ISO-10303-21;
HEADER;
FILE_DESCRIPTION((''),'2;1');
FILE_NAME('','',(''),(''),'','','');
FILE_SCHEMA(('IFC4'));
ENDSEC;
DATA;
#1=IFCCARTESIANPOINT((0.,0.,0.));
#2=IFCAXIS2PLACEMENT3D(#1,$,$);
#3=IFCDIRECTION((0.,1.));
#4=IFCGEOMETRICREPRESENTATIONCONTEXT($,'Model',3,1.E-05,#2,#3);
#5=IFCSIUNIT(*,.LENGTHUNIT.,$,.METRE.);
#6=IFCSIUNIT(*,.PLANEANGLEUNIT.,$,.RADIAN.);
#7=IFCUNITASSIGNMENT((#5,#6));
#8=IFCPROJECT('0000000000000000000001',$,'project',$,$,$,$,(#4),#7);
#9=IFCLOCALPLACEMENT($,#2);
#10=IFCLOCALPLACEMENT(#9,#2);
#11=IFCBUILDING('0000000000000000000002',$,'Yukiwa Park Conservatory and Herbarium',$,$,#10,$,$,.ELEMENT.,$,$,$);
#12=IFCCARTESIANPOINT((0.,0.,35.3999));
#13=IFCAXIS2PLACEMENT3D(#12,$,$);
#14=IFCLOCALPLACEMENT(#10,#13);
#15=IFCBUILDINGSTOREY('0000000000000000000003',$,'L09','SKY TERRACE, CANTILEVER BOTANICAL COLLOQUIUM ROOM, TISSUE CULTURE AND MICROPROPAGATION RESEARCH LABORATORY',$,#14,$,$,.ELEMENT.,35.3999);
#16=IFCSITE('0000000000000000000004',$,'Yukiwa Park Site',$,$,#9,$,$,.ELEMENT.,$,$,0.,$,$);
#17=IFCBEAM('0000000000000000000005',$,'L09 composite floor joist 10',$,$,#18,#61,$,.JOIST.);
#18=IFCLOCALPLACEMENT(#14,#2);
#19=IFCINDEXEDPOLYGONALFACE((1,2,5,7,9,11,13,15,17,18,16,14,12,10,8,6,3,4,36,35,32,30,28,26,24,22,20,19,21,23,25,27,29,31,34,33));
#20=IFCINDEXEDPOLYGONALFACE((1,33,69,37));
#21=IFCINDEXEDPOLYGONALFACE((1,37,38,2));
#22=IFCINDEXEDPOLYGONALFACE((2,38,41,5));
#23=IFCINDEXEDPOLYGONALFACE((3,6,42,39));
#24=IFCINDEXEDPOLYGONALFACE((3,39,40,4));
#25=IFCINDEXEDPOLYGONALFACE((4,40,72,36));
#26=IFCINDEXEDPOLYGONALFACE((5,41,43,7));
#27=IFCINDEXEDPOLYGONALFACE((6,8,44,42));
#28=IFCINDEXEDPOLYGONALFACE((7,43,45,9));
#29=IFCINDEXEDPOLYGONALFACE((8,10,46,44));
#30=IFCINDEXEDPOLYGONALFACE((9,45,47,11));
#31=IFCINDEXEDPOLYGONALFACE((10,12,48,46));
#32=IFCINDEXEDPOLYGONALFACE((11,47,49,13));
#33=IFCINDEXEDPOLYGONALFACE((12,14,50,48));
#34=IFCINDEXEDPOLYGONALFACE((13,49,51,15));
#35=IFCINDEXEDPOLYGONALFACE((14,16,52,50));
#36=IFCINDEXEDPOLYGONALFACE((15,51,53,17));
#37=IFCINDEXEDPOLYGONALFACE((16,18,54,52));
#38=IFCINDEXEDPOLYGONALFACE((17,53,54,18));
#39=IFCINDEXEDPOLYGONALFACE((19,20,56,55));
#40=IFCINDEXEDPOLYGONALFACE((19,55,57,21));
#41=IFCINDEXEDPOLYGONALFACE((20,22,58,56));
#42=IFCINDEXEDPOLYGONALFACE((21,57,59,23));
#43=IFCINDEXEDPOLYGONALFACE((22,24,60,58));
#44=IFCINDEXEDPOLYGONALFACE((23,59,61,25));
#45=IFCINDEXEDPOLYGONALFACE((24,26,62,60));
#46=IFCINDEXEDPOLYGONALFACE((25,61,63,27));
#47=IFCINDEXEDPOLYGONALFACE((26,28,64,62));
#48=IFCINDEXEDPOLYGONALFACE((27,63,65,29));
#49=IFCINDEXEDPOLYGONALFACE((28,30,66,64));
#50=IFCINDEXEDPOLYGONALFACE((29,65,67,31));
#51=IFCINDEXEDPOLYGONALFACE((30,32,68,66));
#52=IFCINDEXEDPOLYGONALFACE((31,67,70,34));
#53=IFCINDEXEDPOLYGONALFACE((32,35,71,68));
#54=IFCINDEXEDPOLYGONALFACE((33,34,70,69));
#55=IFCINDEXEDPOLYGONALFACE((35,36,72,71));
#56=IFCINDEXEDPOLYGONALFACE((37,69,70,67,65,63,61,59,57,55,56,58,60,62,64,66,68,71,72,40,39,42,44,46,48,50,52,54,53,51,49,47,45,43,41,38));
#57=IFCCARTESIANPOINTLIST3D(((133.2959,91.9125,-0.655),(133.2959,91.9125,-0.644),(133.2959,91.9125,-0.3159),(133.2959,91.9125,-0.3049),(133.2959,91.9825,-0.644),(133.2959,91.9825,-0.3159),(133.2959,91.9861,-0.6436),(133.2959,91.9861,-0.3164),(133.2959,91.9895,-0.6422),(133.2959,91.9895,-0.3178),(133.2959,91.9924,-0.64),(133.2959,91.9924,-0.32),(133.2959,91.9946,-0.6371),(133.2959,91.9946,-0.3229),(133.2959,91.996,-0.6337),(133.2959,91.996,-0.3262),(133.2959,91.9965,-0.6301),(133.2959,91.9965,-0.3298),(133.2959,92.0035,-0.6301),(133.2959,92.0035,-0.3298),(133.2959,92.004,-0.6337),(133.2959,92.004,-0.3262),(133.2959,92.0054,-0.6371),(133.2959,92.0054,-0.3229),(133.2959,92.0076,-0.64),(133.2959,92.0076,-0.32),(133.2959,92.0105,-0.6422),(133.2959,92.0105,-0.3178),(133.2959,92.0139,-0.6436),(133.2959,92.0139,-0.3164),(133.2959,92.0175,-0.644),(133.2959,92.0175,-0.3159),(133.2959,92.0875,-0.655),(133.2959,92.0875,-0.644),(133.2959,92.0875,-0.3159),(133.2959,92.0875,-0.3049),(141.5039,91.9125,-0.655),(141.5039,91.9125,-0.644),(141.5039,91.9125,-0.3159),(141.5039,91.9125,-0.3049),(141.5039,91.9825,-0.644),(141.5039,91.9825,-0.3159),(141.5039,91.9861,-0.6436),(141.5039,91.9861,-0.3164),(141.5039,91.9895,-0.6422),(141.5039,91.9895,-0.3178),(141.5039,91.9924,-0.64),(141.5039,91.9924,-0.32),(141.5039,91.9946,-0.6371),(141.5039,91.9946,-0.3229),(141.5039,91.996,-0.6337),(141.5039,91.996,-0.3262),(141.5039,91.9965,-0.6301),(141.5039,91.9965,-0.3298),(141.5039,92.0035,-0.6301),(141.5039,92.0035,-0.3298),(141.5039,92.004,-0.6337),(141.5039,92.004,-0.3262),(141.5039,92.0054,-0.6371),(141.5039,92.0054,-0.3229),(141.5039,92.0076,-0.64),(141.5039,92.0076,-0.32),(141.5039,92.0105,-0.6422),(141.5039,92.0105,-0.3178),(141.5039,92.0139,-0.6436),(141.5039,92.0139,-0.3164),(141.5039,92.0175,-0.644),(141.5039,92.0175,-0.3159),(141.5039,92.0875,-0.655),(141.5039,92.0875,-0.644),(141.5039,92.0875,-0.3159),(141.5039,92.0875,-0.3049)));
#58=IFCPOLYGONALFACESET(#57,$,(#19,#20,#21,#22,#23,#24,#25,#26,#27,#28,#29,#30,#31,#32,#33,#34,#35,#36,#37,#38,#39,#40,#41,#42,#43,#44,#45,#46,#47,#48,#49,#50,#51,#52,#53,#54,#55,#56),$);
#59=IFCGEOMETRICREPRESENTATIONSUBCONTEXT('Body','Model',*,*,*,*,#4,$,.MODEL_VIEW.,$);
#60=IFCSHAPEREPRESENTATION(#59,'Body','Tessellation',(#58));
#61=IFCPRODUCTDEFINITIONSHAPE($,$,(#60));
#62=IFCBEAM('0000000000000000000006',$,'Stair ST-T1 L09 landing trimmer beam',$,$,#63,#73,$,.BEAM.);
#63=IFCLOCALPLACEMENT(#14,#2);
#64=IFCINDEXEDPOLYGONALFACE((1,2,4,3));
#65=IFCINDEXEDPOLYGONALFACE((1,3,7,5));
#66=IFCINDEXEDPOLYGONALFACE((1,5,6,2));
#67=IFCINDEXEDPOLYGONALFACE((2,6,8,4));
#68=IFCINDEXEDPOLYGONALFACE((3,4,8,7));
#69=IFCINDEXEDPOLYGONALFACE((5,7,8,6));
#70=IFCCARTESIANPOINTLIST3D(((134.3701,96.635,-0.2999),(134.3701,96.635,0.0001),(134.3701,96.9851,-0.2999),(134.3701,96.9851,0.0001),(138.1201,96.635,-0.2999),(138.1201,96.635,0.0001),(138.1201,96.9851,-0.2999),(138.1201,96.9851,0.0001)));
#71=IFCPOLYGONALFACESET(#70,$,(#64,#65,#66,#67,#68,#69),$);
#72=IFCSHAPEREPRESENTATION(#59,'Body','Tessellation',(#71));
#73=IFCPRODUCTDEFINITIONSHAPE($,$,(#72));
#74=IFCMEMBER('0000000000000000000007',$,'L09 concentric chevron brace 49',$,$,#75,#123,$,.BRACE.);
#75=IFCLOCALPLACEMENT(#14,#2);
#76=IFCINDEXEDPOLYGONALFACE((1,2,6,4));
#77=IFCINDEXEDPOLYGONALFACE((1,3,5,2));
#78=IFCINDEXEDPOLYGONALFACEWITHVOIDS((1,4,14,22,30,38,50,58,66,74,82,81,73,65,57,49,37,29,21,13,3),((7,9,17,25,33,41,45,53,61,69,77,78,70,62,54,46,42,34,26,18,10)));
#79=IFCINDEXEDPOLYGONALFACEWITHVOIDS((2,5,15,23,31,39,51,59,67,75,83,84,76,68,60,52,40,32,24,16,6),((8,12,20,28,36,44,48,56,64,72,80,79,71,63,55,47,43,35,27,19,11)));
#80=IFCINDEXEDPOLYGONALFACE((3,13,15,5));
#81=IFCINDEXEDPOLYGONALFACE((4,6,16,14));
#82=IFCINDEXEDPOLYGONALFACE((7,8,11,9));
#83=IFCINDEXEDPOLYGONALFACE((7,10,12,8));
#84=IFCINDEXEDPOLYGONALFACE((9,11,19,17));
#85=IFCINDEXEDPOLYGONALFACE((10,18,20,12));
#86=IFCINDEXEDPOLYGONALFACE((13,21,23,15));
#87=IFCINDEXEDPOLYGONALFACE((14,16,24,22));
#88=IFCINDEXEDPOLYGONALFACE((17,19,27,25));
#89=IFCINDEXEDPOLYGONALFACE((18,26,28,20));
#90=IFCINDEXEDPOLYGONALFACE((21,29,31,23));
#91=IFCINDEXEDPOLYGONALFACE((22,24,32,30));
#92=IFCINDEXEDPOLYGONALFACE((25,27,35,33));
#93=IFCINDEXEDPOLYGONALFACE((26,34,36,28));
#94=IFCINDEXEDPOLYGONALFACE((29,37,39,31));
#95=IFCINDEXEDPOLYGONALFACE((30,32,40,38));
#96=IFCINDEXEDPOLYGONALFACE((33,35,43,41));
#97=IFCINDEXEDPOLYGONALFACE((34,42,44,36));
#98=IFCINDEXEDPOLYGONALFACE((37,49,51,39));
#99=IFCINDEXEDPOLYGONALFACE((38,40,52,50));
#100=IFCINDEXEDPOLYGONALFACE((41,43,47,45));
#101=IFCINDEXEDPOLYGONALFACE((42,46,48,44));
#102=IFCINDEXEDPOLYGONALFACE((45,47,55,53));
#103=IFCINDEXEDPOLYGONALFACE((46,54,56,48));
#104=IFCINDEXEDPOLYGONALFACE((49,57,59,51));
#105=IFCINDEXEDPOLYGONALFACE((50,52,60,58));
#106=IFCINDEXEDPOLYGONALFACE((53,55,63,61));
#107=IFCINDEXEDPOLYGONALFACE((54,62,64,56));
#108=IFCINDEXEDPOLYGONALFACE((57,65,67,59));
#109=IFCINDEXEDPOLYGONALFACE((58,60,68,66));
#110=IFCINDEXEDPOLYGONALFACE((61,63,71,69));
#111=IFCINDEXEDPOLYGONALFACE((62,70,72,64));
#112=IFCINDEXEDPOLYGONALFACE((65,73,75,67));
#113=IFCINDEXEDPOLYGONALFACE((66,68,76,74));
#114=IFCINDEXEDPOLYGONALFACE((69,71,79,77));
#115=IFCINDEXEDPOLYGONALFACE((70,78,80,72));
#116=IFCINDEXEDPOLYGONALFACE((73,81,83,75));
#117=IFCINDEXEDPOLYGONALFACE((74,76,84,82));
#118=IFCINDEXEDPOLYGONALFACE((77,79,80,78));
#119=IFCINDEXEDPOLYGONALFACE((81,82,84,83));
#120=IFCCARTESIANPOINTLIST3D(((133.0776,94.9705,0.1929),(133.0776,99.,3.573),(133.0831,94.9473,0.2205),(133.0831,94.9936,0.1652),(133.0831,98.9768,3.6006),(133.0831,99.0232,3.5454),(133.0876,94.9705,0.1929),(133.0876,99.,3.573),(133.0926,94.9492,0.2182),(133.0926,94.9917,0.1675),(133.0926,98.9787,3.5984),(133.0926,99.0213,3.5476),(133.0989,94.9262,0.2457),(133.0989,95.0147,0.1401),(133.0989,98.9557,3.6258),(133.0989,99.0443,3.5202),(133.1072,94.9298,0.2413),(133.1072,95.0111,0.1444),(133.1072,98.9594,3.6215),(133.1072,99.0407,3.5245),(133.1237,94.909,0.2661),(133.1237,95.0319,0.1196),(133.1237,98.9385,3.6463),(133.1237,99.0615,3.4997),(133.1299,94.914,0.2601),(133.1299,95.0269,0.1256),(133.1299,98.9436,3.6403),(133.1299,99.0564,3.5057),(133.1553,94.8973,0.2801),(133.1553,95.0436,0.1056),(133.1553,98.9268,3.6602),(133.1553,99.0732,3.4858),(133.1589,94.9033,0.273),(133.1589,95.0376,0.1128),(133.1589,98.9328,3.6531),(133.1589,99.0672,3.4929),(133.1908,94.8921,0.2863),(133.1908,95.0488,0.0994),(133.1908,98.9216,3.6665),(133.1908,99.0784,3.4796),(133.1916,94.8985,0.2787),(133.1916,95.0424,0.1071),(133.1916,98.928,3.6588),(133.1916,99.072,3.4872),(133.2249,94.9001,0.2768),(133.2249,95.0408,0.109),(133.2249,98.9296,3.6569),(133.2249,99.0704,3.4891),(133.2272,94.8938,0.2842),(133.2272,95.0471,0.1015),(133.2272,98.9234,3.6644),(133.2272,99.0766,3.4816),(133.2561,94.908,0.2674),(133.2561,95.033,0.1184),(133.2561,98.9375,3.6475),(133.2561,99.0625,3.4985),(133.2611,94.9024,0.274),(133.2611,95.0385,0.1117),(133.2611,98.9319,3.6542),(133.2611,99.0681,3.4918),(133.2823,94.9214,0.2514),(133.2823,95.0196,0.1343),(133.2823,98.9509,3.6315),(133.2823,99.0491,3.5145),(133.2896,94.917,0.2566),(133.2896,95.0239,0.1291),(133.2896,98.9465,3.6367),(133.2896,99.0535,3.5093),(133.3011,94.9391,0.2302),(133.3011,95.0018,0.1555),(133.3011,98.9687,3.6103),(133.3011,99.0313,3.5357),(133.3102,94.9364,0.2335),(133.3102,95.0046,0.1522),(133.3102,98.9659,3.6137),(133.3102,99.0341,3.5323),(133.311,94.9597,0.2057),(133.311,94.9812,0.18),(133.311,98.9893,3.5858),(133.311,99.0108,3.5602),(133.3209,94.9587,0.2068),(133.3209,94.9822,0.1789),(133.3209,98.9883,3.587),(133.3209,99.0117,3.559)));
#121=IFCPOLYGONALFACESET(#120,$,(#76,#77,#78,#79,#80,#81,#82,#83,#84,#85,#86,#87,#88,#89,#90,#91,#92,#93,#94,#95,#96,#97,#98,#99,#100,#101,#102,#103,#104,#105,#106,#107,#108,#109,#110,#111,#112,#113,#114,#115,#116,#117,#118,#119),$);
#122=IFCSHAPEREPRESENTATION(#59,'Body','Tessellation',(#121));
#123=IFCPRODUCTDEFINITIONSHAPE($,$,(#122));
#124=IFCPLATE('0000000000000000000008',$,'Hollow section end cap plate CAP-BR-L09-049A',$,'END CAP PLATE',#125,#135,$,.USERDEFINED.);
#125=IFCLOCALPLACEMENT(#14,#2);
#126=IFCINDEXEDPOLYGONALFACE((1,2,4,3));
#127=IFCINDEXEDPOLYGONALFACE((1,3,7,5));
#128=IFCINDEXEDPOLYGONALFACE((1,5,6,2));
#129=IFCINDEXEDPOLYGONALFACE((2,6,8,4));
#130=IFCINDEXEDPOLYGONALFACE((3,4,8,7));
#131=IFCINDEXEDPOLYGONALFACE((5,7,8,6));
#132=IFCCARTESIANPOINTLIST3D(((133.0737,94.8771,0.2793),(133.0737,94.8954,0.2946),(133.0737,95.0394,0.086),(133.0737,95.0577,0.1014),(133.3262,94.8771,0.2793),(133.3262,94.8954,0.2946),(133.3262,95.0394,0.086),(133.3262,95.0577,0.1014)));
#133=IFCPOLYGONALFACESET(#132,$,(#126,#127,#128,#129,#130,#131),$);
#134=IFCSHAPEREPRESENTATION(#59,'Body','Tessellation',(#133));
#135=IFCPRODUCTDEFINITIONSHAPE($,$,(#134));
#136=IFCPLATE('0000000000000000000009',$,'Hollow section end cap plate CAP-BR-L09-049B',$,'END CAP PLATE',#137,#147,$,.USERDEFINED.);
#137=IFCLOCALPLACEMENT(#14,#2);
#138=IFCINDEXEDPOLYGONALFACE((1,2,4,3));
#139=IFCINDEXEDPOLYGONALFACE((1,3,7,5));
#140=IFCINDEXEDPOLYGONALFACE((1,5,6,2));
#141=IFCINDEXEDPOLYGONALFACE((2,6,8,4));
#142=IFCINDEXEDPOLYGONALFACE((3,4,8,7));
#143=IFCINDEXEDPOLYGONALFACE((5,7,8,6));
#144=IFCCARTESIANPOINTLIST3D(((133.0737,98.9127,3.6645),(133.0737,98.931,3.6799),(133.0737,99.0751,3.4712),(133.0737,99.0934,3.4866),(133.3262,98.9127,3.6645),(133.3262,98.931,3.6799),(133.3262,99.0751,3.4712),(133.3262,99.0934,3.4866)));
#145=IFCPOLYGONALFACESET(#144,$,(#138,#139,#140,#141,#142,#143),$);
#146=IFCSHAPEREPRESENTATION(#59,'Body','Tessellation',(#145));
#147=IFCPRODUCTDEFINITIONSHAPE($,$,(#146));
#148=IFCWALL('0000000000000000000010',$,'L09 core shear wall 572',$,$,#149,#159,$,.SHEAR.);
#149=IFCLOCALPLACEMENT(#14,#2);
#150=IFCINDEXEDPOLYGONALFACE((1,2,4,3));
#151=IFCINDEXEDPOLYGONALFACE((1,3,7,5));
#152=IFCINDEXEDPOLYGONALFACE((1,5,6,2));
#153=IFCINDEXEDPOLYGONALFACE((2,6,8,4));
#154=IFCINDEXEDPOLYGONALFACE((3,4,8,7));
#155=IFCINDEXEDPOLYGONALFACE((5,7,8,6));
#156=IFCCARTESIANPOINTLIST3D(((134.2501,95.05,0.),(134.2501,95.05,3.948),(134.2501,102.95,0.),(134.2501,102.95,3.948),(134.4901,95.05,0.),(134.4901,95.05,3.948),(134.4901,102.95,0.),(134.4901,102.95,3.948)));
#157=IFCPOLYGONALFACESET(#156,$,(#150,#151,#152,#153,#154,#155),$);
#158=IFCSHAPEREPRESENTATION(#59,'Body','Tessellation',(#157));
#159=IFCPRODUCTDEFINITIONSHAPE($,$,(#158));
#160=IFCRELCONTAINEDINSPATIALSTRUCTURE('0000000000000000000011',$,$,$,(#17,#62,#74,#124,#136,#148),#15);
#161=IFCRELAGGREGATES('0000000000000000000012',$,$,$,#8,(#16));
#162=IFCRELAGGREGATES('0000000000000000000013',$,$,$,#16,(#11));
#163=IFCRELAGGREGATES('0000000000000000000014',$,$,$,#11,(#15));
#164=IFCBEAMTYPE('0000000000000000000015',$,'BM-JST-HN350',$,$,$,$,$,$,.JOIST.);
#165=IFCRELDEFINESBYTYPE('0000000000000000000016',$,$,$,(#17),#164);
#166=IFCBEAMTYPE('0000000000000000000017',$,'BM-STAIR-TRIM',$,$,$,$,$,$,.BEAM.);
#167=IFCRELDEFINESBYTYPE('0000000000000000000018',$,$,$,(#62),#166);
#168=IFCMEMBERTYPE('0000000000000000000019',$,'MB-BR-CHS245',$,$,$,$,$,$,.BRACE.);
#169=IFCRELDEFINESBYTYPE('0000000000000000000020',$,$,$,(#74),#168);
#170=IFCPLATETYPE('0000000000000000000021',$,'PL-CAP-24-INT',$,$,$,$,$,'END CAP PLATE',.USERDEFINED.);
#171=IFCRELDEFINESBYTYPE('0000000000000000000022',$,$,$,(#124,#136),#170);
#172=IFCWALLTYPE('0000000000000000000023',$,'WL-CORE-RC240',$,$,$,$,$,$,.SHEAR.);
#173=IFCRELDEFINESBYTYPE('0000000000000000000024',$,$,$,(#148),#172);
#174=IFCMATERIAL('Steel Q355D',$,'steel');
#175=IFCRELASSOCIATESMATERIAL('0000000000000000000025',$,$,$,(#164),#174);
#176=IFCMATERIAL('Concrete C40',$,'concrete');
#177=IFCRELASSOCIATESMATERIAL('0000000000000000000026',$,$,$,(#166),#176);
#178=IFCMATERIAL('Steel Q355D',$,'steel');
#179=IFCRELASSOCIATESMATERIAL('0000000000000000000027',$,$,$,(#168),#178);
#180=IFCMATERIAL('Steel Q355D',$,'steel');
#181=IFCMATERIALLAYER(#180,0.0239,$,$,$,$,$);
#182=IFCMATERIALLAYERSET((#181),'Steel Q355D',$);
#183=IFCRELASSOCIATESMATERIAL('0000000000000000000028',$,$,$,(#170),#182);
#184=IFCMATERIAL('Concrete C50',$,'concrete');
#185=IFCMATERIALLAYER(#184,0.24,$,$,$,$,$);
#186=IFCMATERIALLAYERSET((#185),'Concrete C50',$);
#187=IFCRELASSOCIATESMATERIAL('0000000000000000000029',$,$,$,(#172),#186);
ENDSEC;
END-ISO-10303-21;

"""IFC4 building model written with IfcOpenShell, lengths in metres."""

from ifc_helpers import new_model, si_unit, direction, frame, frame_2d, origin, origin_2d, place, context, subcontext, project, spatial, rectangle, hollow_circle, i_section, extrude, material, layer, layer_set, material_profile, profile_set, type_object, element, save


model = new_model("IFC4")

# Units and contexts
model_context = context("Model", 3, precision=1e-05, world=origin(), true_north=direction((0.0, 1.0)))
body_context = subcontext(model_context, "Body", "Model", "MODEL_VIEW")
ifc_project = project(units=[si_unit("LENGTHUNIT", "METRE"), si_unit("PLANEANGLEUNIT", "RADIAN")], contexts=[model_context])

# Site, building, storey
site_placement = place(None, origin())
site = spatial("IfcSite", under=ifc_project, at=site_placement, Name="Yukiwa Park Site", CompositionType="ELEMENT", RefElevation=0.0)
building_placement = place(site_placement, origin())
building = spatial("IfcBuilding", under=site, at=building_placement, Name="Yukiwa Park Conservatory and Herbarium", CompositionType="ELEMENT")
storey_placement = place(building_placement, frame((0.0, 0.0, 35.3999)))
storey = spatial("IfcBuildingStorey", under=building, at=storey_placement, Name="L09", Description="SKY TERRACE, CANTILEVER BOTANICAL COLLOQUIUM ROOM, TISSUE CULTURE AND MICROPROPAGATION RESEARCH LABORATORY", CompositionType="ELEMENT", Elevation=35.3999)

# Beams
ifc_material_1 = material(Name="Steel Q355D", Category="steel")
ifc_material_profile_1 = material_profile(ifc_material_1, i_section(OverallWidth=0.175, OverallDepth=0.3501, WebThickness=0.0071, FlangeThickness=0.011, FilletRadius=0.0139, at=origin_2d()), Name="HN 350x175x7x11")
ifc_profile_set_1 = profile_set([ifc_material_profile_1], Name="Steel Q355D")
beam_type_1 = type_object("IfcBeamType", Name="BM-JST-HN350", PredefinedType="JOIST", material=ifc_profile_set_1)
for number, where, z_axis, x_axis, name in (
    (1, (133.2959, 92.0, -0.48), (1.0, 0.0, 0.0), (0.0, 1.0, 0.0), "L09 composite floor joist 10"),
):
    element("IfcBeam", number, at=place(storey_placement, frame(where, z_axis=z_axis, x_axis=x_axis)), inside=storey, type_object=beam_type_1, Name=name, PredefinedType="JOIST", context=body_context, shape_type="SweptSolid", body=[
        extrude(i_section(OverallWidth=0.175, OverallDepth=0.3501, WebThickness=0.0071, FlangeThickness=0.011, FilletRadius=0.0139, at=origin_2d()), origin(), (0.0, 0.0, 1.0), 8.208),
    ])
ifc_material_2 = material(Name="Concrete C40", Category="concrete")
ifc_material_profile_2 = material_profile(ifc_material_2, rectangle(XDim=0.3501, YDim=0.3, at=origin_2d()), Name="RC 350x300")
ifc_profile_set_2 = profile_set([ifc_material_profile_2], Name="Concrete C40")
beam_type_2 = type_object("IfcBeamType", Name="BM-STAIR-TRIM", PredefinedType="BEAM", material=ifc_profile_set_2)
beam_1_placement = place(storey_placement, frame((134.3701, 96.8101, -0.1499), z_axis=(1.0, 0.0, 0.0), x_axis=(0.0, 1.0, 0.0)))
element("IfcBeam", 2, at=beam_1_placement, inside=storey, type_object=beam_type_2, Name="Stair ST-T1 L09 landing trimmer beam", PredefinedType="BEAM", context=body_context, shape_type="SweptSolid", body=[
    extrude(rectangle(XDim=0.3501, YDim=0.3, at=origin_2d()), origin(), (0.0, 0.0, 1.0), 3.75),
])

# Member
ifc_material_3 = material(Name="Steel Q355D", Category="steel")
ifc_material_profile_3 = material_profile(ifc_material_3, hollow_circle(Radius=0.1223, WallThickness=0.01, at=origin_2d()), Name="CHS 244.5x10")
ifc_profile_set_3 = profile_set([ifc_material_profile_3], Name="Steel Q355D")
member_type = type_object("IfcMemberType", Name="MB-BR-CHS245", PredefinedType="BRACE", material=ifc_profile_set_3)
member_placement = place(storey_placement, frame((133.2, 94.9705, 0.1929), z_axis=(0.0, 0.766144, 0.642669), x_axis=(-1.0, 0.0, 0.0)))
element("IfcMember", 3, at=member_placement, inside=storey, type_object=member_type, Name="L09 concentric chevron brace 49", PredefinedType="BRACE", context=body_context, shape_type="SweptSolid", body=[
    extrude(hollow_circle(Radius=0.1223, WallThickness=0.01, at=origin_2d()), origin(), (0.0, 0.0, 1.0), 5.2595),
])

# Plates
ifc_material_4 = material(Name="Steel Q355D", Category="steel")
ifc_layer_1 = layer(ifc_material_4, 0.0239)
ifc_layer_set_1 = layer_set([ifc_layer_1], Name="Steel Q355D")
plate_type = type_object("IfcPlateType", Name="PL-CAP-24-INT", ElementType="END CAP PLATE", PredefinedType="USERDEFINED", material=ifc_layer_set_1)
for number, where, z_axis, x_axis, name in (
    (4, (133.2, 94.9766, 0.198), (0.0, -0.765705, -0.643192), (1.0, 0.0, 0.0), "Hollow section end cap plate CAP-BR-L09-049A"),
    (5, (133.2, 98.9939, 3.5679), (0.0, 0.765705, 0.643192), (-1.0, 0.0, 0.0), "Hollow section end cap plate CAP-BR-L09-049B"),
):
    element("IfcPlate", number, at=place(storey_placement, frame(where, z_axis=z_axis, x_axis=x_axis)), inside=storey, type_object=plate_type, Name=name, ObjectType="END CAP PLATE", PredefinedType="USERDEFINED", context=body_context, shape_type="SweptSolid", body=[
        extrude(rectangle(XDim=0.2524, YDim=0.2524, at=origin_2d()), origin(), (0.0, 0.0, 1.0), 0.0239),
    ])

# Shared definitions
ifc_material_5 = material(Name="Concrete C50", Category="concrete")
ifc_layer_2 = layer(ifc_material_5, 0.24)
ifc_layer_set_2 = layer_set([ifc_layer_2], Name="Concrete C50")
wall_type_1 = type_object("IfcWallType", Name="WL-CORE-RC240", PredefinedType="SHEAR", material=ifc_layer_set_2)

# Wall
wall_1_placement = place(storey_placement, frame((134.3701, 95.05, 0.0), z_axis=(0.0, 0.0, 1.0), x_axis=(0.0, 1.0, 0.0)))
element("IfcWall", 6, at=wall_1_placement, inside=storey, type_object=wall_type_1, Name="L09 core shear wall 572", PredefinedType="SHEAR", context=body_context, shape_type="SweptSolid", body=[
    extrude(rectangle(XDim=7.8999, YDim=0.24, at=frame_2d((3.95, 0.0))), origin(), (0.0, 0.0, 1.0), 3.948),
])

save(model, "model.ifc")
